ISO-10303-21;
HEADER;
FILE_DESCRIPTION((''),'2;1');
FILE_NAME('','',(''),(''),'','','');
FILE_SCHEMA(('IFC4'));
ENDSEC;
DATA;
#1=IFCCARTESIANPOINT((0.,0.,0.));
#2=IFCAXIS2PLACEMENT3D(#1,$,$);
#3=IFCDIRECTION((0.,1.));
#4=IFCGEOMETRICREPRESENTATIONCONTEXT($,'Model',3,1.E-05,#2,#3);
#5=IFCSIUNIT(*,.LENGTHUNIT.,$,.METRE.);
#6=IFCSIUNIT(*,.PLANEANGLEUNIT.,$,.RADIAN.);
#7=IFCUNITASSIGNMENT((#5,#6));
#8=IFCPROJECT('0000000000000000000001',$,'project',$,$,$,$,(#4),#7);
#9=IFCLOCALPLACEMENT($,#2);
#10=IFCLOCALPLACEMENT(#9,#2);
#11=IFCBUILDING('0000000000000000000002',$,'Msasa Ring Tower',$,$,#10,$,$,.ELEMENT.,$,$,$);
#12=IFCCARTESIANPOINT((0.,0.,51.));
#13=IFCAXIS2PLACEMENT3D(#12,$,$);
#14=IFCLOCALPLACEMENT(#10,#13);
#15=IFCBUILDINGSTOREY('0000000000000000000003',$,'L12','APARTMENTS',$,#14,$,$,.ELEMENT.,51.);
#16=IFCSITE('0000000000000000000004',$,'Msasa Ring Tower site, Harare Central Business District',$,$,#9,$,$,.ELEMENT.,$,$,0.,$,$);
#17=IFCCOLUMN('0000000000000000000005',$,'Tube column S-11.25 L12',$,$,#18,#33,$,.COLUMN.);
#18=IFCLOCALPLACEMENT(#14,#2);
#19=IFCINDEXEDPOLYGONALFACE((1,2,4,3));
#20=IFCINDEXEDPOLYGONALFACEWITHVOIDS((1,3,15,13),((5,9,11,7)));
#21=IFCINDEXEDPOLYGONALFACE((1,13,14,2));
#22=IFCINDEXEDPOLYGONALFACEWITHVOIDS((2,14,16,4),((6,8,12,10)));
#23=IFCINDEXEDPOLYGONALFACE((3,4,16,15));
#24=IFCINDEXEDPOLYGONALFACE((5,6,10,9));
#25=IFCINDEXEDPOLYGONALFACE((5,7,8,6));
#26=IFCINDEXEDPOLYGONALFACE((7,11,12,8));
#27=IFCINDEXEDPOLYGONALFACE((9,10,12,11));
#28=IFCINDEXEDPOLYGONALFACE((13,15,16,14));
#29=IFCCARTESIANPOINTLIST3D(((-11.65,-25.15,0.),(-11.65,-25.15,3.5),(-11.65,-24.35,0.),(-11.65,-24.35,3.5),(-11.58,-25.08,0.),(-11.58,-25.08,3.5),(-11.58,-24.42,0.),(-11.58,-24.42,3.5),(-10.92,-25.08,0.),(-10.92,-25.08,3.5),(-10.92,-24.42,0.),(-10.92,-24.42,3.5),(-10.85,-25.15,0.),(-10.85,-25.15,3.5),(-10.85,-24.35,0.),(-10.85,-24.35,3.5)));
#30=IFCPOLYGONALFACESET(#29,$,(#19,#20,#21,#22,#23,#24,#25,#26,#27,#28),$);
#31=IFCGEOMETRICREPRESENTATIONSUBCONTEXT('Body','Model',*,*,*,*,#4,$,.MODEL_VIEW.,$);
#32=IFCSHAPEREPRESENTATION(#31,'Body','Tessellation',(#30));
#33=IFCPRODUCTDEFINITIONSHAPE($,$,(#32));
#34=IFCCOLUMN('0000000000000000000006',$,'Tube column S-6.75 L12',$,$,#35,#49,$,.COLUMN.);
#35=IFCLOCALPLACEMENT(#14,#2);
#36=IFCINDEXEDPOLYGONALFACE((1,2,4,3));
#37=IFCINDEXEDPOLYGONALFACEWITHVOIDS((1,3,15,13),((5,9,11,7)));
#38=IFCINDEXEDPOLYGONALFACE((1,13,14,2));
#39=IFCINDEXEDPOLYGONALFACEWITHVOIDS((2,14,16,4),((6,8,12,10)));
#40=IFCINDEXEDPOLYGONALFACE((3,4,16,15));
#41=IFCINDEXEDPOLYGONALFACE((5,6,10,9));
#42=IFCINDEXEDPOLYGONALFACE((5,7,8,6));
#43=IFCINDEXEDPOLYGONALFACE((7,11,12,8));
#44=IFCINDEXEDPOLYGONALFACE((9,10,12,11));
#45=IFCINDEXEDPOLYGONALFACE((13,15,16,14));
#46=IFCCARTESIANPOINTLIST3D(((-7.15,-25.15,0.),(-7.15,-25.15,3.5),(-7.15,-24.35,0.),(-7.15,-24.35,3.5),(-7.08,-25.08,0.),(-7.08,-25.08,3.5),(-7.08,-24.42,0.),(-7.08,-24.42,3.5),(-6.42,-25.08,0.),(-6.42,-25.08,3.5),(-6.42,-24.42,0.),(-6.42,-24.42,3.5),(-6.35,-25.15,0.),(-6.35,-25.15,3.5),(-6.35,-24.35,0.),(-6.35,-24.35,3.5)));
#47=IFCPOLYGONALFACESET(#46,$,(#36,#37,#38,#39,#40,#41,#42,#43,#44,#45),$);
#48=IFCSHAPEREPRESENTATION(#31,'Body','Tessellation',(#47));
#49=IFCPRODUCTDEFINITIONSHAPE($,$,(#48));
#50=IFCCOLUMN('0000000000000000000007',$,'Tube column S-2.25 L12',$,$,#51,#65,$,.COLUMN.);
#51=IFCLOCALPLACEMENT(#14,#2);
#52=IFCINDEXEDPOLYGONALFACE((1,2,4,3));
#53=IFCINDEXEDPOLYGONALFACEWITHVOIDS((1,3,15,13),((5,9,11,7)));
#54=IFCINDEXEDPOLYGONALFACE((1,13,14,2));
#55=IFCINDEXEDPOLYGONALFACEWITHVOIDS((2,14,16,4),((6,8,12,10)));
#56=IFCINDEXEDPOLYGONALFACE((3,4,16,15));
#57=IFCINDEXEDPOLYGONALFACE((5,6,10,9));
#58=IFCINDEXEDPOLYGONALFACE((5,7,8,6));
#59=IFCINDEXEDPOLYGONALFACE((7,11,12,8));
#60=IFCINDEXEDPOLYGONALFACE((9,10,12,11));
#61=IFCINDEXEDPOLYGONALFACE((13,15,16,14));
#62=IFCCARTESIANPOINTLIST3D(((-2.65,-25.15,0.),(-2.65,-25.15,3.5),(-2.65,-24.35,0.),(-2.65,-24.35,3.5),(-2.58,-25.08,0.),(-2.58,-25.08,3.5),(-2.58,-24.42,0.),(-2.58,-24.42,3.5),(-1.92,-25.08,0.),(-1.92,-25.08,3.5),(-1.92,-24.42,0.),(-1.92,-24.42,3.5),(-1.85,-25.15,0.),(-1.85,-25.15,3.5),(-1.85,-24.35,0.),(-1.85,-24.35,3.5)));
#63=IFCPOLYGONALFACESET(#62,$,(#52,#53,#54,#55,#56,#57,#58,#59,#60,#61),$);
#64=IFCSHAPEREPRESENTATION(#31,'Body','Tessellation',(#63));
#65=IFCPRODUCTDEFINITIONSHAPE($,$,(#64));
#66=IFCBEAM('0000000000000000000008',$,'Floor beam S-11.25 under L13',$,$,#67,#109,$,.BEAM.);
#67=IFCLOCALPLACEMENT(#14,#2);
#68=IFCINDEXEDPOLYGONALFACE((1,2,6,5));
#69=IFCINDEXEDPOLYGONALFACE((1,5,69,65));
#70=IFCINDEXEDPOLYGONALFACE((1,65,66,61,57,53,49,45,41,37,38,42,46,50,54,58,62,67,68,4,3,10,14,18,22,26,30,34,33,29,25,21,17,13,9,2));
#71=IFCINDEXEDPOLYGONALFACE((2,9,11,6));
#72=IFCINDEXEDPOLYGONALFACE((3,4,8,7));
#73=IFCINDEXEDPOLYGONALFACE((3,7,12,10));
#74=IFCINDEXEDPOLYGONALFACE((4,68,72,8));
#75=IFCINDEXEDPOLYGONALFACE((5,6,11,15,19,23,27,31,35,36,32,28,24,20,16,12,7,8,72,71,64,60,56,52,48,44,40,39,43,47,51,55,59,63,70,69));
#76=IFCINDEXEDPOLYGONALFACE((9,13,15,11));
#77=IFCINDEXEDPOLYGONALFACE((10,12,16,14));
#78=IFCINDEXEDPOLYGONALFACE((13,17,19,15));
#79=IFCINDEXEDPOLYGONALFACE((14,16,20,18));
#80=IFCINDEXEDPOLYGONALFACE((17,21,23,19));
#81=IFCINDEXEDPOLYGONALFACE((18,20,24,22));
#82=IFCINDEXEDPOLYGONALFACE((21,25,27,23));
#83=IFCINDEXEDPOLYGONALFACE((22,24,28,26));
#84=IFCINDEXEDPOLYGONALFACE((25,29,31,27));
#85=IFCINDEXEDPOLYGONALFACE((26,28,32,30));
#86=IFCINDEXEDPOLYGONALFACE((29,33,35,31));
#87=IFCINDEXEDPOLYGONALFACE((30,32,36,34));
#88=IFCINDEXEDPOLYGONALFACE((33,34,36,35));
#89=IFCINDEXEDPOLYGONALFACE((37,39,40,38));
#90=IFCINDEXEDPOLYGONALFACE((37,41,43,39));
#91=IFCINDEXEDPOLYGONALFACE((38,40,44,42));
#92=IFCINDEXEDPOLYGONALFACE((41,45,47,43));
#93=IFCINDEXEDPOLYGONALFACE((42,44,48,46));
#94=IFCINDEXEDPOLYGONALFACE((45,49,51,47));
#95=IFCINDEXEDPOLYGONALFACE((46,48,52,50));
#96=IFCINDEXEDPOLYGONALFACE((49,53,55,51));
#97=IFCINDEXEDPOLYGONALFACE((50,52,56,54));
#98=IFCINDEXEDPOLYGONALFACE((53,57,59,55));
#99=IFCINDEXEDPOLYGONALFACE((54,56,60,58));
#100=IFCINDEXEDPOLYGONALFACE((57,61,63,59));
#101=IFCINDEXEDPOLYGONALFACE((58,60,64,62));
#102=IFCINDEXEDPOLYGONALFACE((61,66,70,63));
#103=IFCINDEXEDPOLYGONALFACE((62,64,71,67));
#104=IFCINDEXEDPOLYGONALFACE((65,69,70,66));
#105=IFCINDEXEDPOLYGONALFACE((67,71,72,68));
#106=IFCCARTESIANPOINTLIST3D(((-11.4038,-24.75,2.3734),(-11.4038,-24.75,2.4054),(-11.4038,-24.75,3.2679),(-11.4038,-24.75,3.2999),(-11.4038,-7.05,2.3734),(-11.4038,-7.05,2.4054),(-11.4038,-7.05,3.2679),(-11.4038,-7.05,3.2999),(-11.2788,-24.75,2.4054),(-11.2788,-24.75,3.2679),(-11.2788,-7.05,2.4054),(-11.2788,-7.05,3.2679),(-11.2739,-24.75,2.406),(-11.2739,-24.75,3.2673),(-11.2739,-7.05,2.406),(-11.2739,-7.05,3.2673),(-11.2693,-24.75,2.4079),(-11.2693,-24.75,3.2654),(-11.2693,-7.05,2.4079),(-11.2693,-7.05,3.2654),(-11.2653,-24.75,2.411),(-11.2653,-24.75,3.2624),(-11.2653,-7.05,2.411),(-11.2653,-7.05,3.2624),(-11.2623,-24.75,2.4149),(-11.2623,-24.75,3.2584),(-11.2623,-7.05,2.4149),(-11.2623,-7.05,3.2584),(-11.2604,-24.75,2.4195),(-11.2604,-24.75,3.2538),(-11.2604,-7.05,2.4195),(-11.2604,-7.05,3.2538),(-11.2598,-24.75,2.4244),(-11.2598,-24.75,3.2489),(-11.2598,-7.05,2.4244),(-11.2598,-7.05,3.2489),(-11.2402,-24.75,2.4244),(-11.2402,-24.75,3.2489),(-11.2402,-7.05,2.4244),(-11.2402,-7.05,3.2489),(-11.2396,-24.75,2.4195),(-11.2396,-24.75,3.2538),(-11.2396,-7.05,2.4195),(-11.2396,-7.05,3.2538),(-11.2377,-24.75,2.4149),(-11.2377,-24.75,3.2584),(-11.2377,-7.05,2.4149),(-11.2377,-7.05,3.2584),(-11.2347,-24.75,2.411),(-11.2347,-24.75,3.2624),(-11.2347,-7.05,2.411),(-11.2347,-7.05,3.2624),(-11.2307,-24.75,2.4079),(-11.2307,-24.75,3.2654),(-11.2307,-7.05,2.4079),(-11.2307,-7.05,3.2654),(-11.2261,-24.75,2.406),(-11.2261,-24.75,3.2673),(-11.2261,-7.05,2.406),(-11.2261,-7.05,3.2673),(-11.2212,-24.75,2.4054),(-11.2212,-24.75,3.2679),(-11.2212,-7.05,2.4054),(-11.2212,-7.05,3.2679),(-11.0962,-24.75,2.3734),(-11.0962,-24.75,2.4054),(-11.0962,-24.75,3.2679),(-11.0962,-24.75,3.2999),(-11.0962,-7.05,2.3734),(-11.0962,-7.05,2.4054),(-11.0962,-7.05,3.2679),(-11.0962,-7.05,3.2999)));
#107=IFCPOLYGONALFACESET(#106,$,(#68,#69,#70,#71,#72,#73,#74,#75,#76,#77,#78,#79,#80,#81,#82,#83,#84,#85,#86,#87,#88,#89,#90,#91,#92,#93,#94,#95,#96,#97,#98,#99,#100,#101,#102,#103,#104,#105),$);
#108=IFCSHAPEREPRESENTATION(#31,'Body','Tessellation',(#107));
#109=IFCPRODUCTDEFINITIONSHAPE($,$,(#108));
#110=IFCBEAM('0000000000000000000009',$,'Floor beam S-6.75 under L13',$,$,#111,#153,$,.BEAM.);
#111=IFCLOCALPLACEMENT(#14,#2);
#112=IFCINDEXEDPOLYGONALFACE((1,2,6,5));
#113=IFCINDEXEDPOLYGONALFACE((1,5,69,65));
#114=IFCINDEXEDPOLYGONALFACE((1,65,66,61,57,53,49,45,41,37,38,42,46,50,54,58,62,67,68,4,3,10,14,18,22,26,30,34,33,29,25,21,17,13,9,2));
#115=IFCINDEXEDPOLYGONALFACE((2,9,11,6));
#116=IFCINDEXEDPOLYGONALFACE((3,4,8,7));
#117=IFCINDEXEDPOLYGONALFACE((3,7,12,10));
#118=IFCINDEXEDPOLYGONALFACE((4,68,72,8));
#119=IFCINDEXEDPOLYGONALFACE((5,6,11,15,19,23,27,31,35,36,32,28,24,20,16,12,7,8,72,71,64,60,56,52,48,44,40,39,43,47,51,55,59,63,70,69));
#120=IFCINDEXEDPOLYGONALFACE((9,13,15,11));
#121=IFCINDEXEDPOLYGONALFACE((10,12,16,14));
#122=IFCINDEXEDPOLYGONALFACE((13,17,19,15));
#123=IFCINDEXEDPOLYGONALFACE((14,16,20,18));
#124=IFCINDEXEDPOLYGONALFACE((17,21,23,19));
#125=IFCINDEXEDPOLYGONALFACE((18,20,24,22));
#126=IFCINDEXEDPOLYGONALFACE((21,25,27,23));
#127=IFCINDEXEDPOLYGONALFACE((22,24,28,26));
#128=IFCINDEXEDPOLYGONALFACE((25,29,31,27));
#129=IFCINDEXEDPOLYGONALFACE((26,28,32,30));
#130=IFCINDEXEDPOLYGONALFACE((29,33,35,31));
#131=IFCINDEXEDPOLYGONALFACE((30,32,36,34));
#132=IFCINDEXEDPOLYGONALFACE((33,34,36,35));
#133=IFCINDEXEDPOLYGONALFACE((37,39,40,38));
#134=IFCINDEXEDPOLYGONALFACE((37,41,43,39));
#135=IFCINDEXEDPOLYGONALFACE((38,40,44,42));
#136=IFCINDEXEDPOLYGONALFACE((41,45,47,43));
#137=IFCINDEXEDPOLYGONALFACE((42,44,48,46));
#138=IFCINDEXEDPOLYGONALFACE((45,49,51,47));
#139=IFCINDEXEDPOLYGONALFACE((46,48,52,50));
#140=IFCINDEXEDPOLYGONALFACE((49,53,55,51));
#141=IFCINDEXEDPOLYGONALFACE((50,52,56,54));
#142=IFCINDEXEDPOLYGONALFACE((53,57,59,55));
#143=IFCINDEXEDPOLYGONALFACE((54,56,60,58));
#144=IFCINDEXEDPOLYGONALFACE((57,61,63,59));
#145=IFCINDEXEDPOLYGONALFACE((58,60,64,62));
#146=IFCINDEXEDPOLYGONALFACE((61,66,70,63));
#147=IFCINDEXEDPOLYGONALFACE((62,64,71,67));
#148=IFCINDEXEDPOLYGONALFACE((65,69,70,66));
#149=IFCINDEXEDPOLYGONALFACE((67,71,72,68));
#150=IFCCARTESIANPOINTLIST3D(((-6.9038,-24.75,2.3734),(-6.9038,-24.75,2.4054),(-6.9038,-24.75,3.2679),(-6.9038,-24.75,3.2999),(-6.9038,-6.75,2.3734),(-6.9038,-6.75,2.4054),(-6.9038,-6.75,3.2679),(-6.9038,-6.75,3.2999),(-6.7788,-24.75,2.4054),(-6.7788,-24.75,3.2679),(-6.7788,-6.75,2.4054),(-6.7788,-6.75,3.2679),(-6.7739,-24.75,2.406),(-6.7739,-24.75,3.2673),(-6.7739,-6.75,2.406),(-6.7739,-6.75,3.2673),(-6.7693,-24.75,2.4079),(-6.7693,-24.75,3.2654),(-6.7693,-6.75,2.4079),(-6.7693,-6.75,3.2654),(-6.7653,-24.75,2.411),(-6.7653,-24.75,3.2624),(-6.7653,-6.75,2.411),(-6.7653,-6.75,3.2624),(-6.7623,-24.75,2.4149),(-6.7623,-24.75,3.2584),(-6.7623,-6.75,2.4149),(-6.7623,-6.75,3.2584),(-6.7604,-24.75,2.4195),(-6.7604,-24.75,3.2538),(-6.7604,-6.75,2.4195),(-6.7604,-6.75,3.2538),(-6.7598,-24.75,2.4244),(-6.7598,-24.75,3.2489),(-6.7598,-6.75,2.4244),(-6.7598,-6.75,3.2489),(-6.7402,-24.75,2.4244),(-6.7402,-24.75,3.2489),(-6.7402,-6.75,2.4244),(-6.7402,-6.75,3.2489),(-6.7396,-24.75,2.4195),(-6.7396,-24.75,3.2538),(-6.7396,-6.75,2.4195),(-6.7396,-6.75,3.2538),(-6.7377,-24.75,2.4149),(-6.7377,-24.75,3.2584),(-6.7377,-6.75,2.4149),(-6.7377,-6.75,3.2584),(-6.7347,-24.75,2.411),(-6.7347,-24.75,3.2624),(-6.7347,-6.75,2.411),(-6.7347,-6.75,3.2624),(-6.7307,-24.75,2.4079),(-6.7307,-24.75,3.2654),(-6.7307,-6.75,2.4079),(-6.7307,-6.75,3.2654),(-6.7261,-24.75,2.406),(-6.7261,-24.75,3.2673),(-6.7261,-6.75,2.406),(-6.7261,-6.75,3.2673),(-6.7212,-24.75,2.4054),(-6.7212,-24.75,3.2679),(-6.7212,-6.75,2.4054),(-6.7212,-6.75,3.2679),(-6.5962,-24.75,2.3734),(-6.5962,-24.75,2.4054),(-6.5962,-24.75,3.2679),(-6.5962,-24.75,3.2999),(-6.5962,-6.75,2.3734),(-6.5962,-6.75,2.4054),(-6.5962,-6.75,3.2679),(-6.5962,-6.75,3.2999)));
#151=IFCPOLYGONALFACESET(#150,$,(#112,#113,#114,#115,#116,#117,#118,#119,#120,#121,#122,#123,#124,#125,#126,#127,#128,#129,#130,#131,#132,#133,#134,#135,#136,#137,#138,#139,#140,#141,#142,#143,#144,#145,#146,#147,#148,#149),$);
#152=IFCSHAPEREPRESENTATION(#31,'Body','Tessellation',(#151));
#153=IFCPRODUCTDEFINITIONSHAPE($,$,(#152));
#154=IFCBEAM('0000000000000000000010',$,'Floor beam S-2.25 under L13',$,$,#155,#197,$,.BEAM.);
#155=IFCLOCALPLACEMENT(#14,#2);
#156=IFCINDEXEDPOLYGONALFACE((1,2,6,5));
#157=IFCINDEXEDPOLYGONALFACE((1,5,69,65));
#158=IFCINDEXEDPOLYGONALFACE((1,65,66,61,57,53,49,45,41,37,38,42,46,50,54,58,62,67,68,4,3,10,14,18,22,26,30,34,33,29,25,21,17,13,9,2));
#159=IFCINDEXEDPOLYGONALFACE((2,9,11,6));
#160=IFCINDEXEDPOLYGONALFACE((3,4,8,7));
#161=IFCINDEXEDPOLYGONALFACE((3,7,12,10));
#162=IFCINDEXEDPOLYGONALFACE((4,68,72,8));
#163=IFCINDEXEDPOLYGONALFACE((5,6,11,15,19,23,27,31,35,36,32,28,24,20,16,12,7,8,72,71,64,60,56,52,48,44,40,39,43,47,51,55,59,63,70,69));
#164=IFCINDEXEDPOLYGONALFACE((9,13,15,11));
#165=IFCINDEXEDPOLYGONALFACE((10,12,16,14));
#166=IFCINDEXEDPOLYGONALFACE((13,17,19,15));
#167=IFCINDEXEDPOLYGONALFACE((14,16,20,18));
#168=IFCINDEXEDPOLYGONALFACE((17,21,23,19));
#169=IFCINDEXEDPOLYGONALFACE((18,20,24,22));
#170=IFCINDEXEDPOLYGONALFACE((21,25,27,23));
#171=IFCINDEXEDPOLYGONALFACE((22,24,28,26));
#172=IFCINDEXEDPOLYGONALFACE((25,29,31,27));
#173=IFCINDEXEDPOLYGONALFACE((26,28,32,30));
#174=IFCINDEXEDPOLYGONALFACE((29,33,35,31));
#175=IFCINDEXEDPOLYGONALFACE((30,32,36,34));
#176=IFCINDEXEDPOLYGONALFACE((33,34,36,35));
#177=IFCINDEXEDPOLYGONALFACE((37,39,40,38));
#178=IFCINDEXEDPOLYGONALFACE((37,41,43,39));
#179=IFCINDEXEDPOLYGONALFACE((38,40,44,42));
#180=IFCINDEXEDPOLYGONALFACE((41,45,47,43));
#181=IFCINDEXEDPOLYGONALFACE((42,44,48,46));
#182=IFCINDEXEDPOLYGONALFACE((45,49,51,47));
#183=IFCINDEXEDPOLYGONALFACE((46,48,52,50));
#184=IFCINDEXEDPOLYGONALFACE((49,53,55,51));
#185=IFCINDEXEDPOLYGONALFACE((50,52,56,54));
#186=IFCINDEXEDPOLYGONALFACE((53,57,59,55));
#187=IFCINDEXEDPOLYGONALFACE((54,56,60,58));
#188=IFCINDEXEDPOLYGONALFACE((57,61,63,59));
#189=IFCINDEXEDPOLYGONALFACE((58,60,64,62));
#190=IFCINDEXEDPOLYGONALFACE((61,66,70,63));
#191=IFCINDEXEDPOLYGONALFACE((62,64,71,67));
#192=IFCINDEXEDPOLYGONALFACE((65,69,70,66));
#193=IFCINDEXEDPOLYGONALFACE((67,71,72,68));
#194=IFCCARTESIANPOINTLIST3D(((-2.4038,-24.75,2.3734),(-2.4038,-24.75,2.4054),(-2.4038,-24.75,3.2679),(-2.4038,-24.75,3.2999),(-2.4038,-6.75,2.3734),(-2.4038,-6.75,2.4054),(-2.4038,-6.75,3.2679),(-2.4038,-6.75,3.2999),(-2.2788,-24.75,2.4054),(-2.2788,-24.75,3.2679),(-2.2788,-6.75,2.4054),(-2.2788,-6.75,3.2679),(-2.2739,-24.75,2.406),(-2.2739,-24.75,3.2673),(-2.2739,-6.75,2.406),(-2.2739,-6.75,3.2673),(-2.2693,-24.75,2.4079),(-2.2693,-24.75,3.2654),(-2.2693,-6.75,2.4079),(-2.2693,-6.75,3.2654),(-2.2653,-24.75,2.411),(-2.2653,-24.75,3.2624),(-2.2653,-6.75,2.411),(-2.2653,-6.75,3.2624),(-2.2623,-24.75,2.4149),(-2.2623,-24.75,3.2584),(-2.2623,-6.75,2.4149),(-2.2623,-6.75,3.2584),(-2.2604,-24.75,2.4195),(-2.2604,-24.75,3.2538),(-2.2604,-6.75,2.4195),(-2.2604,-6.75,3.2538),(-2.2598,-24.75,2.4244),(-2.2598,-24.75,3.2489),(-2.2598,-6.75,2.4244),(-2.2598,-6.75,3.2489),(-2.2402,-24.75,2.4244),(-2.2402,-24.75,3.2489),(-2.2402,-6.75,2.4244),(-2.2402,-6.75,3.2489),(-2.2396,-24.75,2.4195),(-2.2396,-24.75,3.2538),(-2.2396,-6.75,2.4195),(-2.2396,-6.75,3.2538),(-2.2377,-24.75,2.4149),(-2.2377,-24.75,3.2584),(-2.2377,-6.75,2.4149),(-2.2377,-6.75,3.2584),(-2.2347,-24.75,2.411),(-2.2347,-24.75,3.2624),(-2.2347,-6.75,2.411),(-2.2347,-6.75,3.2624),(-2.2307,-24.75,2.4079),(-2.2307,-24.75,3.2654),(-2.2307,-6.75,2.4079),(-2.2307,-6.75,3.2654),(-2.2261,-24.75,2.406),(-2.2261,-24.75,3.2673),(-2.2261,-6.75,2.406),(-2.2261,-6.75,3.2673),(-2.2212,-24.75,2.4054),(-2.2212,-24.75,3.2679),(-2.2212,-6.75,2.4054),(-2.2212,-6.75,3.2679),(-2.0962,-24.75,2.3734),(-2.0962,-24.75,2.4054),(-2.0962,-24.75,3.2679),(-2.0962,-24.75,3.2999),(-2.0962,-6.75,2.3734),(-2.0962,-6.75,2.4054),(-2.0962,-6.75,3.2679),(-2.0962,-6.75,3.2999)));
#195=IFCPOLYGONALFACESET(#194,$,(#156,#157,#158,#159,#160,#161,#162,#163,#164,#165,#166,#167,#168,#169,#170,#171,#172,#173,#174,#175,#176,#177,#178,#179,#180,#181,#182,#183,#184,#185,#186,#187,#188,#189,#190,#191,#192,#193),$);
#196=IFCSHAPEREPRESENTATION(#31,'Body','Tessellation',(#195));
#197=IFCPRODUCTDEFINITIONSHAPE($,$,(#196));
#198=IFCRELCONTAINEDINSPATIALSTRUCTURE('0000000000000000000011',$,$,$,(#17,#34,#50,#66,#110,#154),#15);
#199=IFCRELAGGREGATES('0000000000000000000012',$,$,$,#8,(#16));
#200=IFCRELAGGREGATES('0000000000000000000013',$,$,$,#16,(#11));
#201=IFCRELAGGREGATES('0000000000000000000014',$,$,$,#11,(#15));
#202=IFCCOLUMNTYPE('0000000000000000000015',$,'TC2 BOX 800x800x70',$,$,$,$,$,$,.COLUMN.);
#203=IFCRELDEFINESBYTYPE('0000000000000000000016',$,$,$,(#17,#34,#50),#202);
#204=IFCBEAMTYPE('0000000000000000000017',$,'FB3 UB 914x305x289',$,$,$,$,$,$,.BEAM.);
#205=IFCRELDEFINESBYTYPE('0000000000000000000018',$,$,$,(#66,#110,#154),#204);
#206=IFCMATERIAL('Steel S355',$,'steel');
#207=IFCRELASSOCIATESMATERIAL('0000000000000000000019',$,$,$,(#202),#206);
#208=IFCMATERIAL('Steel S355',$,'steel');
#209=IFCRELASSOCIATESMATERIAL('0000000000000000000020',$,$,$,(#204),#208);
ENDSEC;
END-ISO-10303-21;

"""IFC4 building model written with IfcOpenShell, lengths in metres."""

from ifc_helpers import new_model, si_unit, direction, frame, origin, origin_2d, place, context, subcontext, project, spatial, hollow_rectangle, i_section, extrude, material, material_profile, profile_set, type_object, element, save


model = new_model("IFC4")

# Units and contexts
model_context = context("Model", 3, precision=1e-05, world=origin(), true_north=direction((0.0, 1.0)))
body_context = subcontext(model_context, "Body", "Model", "MODEL_VIEW")
ifc_project = project(units=[si_unit("LENGTHUNIT", "METRE"), si_unit("PLANEANGLEUNIT", "RADIAN")], contexts=[model_context])

# Site, building, storey
site_placement = place(None, origin())
site = spatial("IfcSite", under=ifc_project, at=site_placement, Name="Msasa Ring Tower site, Harare Central Business District", CompositionType="ELEMENT", RefElevation=0.0)
building_placement = place(site_placement, origin())
building = spatial("IfcBuilding", under=site, at=building_placement, Name="Msasa Ring Tower", CompositionType="ELEMENT")
storey_placement = place(building_placement, frame((0.0, 0.0, 51.0)))
storey = spatial("IfcBuildingStorey", under=building, at=storey_placement, Name="L12", Description="APARTMENTS", CompositionType="ELEMENT", Elevation=51.0)

# Columns
ifc_material_1 = material(Name="Steel S355", Category="steel")
ifc_material_profile_1 = material_profile(ifc_material_1, hollow_rectangle(XDim=0.8, YDim=0.8, WallThickness=0.0701, at=origin_2d()), Name="BOX 800x800x70")
ifc_profile_set_1 = profile_set([ifc_material_profile_1], Name="Steel S355")
column_type = type_object("IfcColumnType", Name="TC2 BOX 800x800x70", PredefinedType="COLUMN", material=ifc_profile_set_1)
for number, where, z_axis, x_axis, name in (
    (1, (-11.25, -24.75, 0.0), (0.0, 0.0, 1.0), (0.0, 1.0, 0.0), "Tube column S-11.25 L12"),
    (2, (-6.75, -24.75, 0.0), (0.0, 0.0, 1.0), (0.0, 1.0, 0.0), "Tube column S-6.75 L12"),
    (3, (-2.25, -24.75, 0.0), (0.0, 0.0, 1.0), (0.0, 1.0, 0.0), "Tube column S-2.25 L12"),
):
    element("IfcColumn", number, at=place(storey_placement, frame(where, z_axis=z_axis, x_axis=x_axis)), inside=storey, type_object=column_type, Name=name, PredefinedType="COLUMN", context=body_context, shape_type="SweptSolid", body=[
        extrude(hollow_rectangle(XDim=0.8, YDim=0.8, WallThickness=0.0701, at=origin_2d()), origin(), (0.0, 0.0, 1.0), 3.5),
    ])

# Beams
ifc_material_2 = material(Name="Steel S355", Category="steel")
ifc_material_profile_2 = material_profile(ifc_material_2, i_section(OverallWidth=0.3076, OverallDepth=0.9265, WebThickness=0.0195, FlangeThickness=0.032, FilletRadius=0.019, at=origin_2d()), Name="UB 914x305x289")
ifc_profile_set_2 = profile_set([ifc_material_profile_2], Name="Steel S355")
beam_type_1 = type_object("IfcBeamType", Name="FB3 UB 914x305x289", PredefinedType="BEAM", material=ifc_profile_set_2)
beam_placement = place(storey_placement, frame((-11.25, -24.75, 2.8367), z_axis=(0.0, 1.0, 0.0), x_axis=(-1.0, 0.0, 0.0)))
element("IfcBeam", 4, at=beam_placement, inside=storey, type_object=beam_type_1, Name="Floor beam S-11.25 under L13", PredefinedType="BEAM", context=body_context, shape_type="SweptSolid", body=[
    extrude(i_section(OverallWidth=0.3076, OverallDepth=0.9265, WebThickness=0.0195, FlangeThickness=0.032, FilletRadius=0.019, at=origin_2d()), origin(), (0.0, 0.0, 1.0), 17.7),
])
for number, where, z_axis, x_axis, name in (
    (5, (-6.75, -24.75, 2.8367), (0.0, 1.0, 0.0), (-1.0, 0.0, 0.0), "Floor beam S-6.75 under L13"),
    (6, (-2.25, -24.75, 2.8367), (0.0, 1.0, 0.0), (-1.0, 0.0, 0.0), "Floor beam S-2.25 under L13"),
):
    element("IfcBeam", number, at=place(storey_placement, frame(where, z_axis=z_axis, x_axis=x_axis)), inside=storey, type_object=beam_type_1, Name=name, PredefinedType="BEAM", context=body_context, shape_type="SweptSolid", body=[
        extrude(i_section(OverallWidth=0.3076, OverallDepth=0.9265, WebThickness=0.0195, FlangeThickness=0.032, FilletRadius=0.019, at=origin_2d()), origin(), (0.0, 0.0, 1.0), 18.0),
    ])

save(model, "model.ifc")
